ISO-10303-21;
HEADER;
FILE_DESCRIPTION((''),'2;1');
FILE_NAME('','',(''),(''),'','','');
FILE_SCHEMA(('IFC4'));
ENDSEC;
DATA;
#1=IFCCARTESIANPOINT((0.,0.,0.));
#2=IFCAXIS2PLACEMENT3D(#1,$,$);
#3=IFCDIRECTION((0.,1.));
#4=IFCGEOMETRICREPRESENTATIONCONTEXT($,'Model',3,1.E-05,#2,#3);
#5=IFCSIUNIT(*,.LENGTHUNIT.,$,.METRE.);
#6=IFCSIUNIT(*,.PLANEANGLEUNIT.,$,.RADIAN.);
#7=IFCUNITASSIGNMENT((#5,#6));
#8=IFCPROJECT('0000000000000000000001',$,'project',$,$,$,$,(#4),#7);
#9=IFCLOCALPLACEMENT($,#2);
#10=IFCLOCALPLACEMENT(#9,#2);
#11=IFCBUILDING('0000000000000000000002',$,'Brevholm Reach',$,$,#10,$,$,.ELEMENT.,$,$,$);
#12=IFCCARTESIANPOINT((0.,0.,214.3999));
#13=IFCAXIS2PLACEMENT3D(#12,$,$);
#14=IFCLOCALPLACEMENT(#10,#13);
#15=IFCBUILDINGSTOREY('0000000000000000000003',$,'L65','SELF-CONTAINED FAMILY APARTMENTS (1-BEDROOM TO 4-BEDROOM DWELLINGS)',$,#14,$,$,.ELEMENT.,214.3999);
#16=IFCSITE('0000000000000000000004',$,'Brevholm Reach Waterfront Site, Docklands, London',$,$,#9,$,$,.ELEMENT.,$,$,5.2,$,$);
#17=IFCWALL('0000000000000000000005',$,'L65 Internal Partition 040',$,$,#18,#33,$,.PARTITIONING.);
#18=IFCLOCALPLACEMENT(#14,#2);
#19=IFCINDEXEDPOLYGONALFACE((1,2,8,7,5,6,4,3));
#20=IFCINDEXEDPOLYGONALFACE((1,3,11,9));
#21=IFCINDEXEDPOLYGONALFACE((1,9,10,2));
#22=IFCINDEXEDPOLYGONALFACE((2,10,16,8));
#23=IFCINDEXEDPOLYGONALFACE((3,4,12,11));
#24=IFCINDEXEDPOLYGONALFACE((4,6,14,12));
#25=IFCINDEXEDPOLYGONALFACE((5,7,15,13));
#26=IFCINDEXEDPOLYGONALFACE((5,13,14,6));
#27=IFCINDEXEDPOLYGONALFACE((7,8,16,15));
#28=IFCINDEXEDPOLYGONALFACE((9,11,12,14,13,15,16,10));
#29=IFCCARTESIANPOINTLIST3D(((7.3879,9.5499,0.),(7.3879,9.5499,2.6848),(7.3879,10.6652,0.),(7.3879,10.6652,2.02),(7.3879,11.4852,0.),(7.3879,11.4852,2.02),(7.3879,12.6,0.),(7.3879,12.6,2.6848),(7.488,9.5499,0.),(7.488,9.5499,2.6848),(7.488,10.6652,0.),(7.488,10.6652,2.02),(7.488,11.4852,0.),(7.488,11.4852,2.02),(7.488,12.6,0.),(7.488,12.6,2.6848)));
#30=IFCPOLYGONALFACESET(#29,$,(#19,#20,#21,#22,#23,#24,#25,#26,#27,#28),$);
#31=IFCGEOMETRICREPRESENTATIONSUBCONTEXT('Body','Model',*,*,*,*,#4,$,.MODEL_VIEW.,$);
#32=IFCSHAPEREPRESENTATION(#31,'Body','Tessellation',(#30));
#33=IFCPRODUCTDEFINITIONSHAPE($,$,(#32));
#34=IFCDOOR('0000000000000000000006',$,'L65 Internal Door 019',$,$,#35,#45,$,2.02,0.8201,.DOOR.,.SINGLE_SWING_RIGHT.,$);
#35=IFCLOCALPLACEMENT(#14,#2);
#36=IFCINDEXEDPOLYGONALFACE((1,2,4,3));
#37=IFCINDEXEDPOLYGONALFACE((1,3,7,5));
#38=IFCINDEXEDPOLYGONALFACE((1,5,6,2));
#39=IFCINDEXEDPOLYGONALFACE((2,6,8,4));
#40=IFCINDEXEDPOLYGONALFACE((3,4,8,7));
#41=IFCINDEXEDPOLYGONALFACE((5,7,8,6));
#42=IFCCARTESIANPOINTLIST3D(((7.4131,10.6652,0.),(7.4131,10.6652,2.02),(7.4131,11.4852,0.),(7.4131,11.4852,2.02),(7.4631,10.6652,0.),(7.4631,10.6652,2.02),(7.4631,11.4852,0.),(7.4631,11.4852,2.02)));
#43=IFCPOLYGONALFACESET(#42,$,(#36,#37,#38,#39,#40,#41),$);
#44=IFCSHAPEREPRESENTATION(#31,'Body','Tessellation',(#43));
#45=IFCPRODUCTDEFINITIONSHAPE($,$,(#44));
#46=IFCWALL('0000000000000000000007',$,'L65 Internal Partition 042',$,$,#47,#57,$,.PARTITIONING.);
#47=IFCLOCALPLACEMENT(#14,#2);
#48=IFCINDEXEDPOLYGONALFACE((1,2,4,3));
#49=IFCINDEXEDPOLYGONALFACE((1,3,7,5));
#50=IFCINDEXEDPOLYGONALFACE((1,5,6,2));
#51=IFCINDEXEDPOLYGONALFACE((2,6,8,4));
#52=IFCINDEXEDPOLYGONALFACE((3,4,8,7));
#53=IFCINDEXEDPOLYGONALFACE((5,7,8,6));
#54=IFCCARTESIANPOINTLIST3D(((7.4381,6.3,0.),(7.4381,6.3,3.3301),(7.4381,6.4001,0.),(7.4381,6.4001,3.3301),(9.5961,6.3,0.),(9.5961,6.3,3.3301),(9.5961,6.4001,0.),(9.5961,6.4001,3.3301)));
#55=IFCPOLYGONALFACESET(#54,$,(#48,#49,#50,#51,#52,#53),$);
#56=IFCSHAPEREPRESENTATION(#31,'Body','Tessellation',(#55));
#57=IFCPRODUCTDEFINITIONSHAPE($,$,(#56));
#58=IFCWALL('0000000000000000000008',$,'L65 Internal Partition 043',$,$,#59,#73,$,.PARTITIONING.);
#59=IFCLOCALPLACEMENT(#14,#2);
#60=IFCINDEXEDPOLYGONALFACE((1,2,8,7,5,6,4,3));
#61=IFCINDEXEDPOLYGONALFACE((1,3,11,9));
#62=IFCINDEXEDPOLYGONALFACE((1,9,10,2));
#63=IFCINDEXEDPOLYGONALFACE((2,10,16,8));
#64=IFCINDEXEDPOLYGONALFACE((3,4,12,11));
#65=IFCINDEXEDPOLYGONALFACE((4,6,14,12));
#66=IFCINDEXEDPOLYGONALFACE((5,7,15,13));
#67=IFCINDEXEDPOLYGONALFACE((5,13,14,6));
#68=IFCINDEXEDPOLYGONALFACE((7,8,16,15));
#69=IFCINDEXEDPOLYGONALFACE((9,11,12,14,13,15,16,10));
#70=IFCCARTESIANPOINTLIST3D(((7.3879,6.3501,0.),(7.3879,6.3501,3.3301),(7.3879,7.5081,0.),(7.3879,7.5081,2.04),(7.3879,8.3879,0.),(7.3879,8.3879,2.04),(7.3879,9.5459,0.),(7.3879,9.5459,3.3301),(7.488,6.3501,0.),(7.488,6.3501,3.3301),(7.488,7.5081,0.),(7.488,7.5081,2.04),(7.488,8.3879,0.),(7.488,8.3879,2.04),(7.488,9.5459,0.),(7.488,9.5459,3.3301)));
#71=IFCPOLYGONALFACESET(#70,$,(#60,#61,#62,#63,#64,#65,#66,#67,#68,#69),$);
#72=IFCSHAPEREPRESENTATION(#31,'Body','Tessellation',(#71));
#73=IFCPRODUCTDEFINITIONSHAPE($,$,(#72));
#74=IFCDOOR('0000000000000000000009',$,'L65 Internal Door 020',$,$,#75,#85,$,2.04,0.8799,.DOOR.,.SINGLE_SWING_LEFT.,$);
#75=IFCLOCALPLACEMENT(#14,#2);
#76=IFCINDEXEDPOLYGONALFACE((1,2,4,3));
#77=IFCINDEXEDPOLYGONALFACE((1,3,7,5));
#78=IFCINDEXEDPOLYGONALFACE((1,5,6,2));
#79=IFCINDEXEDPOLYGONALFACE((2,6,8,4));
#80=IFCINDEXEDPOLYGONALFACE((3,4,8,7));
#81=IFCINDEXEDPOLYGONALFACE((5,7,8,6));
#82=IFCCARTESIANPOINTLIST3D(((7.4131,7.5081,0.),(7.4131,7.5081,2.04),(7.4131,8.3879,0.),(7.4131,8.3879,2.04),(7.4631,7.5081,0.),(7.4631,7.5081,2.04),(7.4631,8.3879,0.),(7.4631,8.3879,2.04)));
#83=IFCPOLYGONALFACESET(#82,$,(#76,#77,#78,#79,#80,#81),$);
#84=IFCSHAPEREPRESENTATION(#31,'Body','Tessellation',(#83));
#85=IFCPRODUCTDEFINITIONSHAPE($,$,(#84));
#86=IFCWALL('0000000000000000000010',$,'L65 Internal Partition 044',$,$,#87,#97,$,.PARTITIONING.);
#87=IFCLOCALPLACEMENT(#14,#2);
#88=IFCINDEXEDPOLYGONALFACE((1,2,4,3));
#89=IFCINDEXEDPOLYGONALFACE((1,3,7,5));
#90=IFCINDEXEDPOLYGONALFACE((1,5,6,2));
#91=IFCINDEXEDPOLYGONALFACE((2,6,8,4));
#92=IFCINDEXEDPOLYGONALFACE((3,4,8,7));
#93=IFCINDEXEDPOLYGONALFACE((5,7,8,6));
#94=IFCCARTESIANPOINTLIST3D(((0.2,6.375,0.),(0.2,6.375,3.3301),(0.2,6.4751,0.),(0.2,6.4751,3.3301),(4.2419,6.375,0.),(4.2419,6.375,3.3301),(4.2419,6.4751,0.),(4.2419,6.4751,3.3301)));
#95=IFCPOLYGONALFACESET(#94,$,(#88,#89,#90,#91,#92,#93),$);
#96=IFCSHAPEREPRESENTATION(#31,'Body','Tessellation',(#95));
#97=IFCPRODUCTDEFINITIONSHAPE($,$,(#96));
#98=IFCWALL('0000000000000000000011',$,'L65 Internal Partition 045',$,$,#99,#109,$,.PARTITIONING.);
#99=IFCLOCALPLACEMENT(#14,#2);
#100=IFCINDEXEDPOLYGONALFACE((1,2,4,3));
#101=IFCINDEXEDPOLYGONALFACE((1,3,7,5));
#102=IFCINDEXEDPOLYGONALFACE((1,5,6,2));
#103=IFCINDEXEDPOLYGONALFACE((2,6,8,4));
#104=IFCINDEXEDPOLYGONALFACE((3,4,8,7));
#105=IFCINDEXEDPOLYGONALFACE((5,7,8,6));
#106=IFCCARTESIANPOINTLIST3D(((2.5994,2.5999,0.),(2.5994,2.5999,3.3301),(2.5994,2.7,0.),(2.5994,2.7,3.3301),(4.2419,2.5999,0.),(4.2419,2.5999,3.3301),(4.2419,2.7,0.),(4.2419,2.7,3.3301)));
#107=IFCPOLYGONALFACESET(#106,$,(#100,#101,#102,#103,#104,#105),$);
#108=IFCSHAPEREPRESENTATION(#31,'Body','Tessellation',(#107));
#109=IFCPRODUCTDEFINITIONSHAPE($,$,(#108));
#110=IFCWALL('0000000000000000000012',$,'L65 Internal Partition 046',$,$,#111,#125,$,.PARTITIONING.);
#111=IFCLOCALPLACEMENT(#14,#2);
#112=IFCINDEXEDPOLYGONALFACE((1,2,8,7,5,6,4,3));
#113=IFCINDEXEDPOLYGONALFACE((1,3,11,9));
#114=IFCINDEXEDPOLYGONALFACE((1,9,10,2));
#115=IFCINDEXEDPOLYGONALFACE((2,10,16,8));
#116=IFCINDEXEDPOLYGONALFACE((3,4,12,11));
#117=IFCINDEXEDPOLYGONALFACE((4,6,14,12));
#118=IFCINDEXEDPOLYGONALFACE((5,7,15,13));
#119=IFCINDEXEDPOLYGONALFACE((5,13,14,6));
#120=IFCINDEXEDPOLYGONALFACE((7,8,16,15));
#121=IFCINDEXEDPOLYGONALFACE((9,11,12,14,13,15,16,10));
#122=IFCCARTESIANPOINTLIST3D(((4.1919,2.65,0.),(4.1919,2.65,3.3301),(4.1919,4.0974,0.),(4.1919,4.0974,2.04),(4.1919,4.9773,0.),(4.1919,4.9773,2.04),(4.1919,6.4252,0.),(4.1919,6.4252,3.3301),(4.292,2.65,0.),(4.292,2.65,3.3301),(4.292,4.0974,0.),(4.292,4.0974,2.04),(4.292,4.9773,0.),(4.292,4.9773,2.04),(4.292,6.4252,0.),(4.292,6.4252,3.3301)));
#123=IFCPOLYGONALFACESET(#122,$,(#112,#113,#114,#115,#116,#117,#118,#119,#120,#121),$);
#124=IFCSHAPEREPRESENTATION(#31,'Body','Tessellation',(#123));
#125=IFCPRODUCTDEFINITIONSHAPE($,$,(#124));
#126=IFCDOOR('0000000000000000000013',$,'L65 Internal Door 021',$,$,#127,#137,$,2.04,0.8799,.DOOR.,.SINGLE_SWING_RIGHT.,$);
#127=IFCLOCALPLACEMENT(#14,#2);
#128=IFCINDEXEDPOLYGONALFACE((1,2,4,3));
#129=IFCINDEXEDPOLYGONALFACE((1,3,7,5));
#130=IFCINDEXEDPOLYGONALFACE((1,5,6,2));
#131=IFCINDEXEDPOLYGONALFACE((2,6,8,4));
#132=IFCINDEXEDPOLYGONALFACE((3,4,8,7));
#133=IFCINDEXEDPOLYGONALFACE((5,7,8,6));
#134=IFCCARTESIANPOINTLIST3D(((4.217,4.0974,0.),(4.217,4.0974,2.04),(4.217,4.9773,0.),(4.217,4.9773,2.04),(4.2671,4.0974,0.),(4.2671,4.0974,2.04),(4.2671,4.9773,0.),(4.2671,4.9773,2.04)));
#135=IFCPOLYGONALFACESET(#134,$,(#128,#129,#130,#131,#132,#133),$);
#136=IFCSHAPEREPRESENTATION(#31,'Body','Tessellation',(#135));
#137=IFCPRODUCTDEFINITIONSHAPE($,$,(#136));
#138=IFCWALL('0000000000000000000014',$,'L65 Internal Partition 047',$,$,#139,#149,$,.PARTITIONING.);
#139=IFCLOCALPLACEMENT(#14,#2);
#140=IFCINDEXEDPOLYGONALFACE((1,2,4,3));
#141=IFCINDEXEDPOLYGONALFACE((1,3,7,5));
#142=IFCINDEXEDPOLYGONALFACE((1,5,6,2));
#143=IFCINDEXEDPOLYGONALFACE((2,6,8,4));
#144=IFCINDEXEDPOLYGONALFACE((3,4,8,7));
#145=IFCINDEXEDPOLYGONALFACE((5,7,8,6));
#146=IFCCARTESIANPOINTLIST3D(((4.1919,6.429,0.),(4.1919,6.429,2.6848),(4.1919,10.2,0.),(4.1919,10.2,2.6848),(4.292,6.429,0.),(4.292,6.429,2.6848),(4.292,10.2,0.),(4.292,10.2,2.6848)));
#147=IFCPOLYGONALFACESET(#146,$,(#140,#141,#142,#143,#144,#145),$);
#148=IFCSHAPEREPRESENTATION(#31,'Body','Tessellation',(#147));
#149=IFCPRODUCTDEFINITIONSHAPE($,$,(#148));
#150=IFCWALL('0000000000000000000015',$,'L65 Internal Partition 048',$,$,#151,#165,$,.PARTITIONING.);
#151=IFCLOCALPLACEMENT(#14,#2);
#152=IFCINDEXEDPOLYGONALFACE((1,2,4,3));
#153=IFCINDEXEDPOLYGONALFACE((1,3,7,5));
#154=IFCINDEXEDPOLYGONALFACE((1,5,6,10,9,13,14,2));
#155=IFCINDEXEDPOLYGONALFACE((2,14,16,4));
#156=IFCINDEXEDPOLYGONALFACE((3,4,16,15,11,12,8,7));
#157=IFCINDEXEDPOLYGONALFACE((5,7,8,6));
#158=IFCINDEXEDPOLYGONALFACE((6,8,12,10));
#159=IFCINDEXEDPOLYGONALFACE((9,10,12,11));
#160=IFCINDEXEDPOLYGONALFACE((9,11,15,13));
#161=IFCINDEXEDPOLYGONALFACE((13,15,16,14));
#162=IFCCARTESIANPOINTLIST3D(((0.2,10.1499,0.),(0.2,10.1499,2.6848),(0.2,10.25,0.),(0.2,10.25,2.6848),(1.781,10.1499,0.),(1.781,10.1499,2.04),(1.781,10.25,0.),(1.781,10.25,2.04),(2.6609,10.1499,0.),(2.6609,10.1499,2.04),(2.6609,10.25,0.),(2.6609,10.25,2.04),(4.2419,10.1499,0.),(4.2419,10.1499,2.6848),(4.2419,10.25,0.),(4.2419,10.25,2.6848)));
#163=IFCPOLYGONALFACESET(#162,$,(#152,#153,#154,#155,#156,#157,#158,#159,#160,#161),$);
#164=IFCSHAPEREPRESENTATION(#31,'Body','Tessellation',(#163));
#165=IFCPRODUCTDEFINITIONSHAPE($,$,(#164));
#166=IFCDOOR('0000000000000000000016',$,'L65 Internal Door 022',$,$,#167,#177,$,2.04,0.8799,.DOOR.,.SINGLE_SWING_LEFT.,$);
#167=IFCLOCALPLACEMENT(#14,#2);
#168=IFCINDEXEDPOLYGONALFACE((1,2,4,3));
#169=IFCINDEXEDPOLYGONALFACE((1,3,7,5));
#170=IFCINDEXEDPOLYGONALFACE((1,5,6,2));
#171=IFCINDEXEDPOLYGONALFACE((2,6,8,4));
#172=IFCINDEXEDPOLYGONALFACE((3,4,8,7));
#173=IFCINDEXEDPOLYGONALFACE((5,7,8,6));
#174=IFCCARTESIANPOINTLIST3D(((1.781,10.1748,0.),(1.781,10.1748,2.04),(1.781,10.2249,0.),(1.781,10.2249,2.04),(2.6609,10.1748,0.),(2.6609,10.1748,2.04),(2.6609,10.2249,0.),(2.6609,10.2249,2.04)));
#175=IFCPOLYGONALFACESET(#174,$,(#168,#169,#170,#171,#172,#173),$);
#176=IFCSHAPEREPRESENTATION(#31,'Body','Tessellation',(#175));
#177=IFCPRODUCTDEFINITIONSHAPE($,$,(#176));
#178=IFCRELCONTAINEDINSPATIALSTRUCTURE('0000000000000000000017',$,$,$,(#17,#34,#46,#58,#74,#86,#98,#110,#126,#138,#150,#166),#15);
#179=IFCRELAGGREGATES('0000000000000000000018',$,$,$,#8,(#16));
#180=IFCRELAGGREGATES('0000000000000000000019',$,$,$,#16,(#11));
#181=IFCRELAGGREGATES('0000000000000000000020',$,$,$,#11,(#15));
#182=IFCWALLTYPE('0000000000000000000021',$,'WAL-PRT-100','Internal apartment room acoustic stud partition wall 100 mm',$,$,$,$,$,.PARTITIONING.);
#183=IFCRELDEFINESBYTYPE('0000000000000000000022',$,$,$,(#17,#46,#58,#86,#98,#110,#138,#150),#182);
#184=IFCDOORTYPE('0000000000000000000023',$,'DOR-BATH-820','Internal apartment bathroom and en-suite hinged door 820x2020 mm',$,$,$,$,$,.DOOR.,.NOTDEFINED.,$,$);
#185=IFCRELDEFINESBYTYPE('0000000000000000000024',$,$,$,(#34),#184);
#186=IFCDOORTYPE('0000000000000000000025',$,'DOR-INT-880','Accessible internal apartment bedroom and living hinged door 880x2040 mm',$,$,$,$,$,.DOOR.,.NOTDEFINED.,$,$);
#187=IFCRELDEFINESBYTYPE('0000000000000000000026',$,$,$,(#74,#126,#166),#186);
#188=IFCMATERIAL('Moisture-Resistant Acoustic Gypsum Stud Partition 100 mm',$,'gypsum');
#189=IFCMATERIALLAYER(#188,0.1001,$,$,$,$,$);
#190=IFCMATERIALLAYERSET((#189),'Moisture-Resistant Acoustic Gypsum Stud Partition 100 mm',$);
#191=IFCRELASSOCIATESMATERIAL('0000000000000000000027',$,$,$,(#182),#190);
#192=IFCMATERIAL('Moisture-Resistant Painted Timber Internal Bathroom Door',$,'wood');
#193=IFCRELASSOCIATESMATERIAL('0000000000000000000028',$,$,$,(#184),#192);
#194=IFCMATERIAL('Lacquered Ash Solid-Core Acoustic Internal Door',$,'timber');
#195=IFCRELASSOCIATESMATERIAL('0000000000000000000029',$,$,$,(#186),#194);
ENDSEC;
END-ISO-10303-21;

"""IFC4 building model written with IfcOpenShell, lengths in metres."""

from ifc_helpers import new_model, si_unit, direction, frame, frame_2d, origin, place, context, subcontext, project, spatial, rectangle, extrude, material, layer, layer_set, type_object, element, fill, save


model = new_model("IFC4")

# Units and contexts
model_context = context("Model", 3, precision=1e-05, world=origin(), true_north=direction((0.0, 1.0)))
body_context = subcontext(model_context, "Body", "Model", "MODEL_VIEW")
ifc_project = project(units=[si_unit("LENGTHUNIT", "METRE"), si_unit("PLANEANGLEUNIT", "RADIAN")], contexts=[model_context])

# Site, building, storey
site_placement = place(None, origin())
site = spatial("IfcSite", under=ifc_project, at=site_placement, Name="Brevholm Reach Waterfront Site, Docklands, London", CompositionType="ELEMENT", RefElevation=5.2)
building_placement = place(site_placement, origin())
building = spatial("IfcBuilding", under=site, at=building_placement, Name="Brevholm Reach", CompositionType="ELEMENT")
storey_placement = place(building_placement, frame((0.0, 0.0, 214.3999)))
storey = spatial("IfcBuildingStorey", under=building, at=storey_placement, Name="L65", Description="SELF-CONTAINED FAMILY APARTMENTS (1-BEDROOM TO 4-BEDROOM DWELLINGS)", CompositionType="ELEMENT", Elevation=214.3999)

# Shared definitions
ifc_material_1 = material(Name="Moisture-Resistant Acoustic Gypsum Stud Partition 100 mm", Category="gypsum")
ifc_layer_1 = layer(ifc_material_1, 0.1001)
ifc_layer_set_1 = layer_set([ifc_layer_1], Name="Moisture-Resistant Acoustic Gypsum Stud Partition 100 mm")
wall_type_1 = type_object("IfcWallType", Name="WAL-PRT-100", Description="Internal apartment room acoustic stud partition wall 100 mm", PredefinedType="PARTITIONING", material=ifc_layer_set_1)

# Wall, opening, door
wall_1_placement = place(storey_placement, frame((7.438, 9.55, 0.0), z_axis=(0.0, 0.0, 1.0), x_axis=(0.0, 1.0, 0.0)))
wall_1 = element("IfcWall", 1, at=wall_1_placement, inside=storey, type_object=wall_type_1, Name="L65 Internal Partition 040", PredefinedType="PARTITIONING", context=body_context, shape_type="SweptSolid", body=[
    extrude(rectangle(XDim=3.05, YDim=0.1001, at=frame_2d((1.5249, 0.0))), origin(), (0.0, 0.0, 1.0), 2.6848),
])
opening_1_placement = place(wall_1_placement, frame((1.115, 0.0, 0.0)))
opening_1 = element("IfcOpeningElement", 2, at=opening_1_placement, cuts=wall_1, PredefinedType="OPENING", context=body_context, shape_type="SweptSolid", body=[
    extrude(rectangle(XDim=0.8201, YDim=2.02, at=frame_2d((0.4102, 1.01))), frame((0.0, 0.0601, 0.0), z_axis=(0.0, -1.0, 0.0), x_axis=(1.0, 0.0, 0.0)), (0.0, 0.0, 1.0), 0.1201),
])
ifc_material_2 = material(Name="Moisture-Resistant Painted Timber Internal Bathroom Door", Category="wood")
door_type_1 = type_object("IfcDoorType", Name="DOR-BATH-820", Description="Internal apartment bathroom and en-suite hinged door 820x2020 mm", OperationType="NOTDEFINED", PredefinedType="DOOR", material=ifc_material_2)
door_1_placement = place(opening_1_placement, origin())
door_1 = element("IfcDoor", 3, at=door_1_placement, inside=storey, type_object=door_type_1, Name="L65 Internal Door 019", OperationType="SINGLE_SWING_RIGHT", OverallHeight=2.02, OverallWidth=0.8201, PredefinedType="DOOR", context=body_context, shape_type="SweptSolid", body=[
    extrude(rectangle(XDim=0.8201, YDim=2.02, at=frame_2d((0.4102, 1.01))), frame((0.0, 0.0249, 0.0), z_axis=(0.0, -1.0, 0.0), x_axis=(1.0, 0.0, 0.0)), (0.0, 0.0, 1.0), 0.05),
])
fill(opening_1, door_1)

# Wall
wall_2_placement = place(storey_placement, frame((7.438, 6.3501, 0.0), z_axis=(0.0, 0.0, 1.0), x_axis=(1.0, 0.0, 0.0)))
element("IfcWall", 4, at=wall_2_placement, inside=storey, type_object=wall_type_1, Name="L65 Internal Partition 042", PredefinedType="PARTITIONING", context=body_context, shape_type="SweptSolid", body=[
    extrude(rectangle(XDim=2.158, YDim=0.1001, at=frame_2d((1.0791, 0.0))), origin(), (0.0, 0.0, 1.0), 3.3301),
])

# Wall, opening, door
wall_3_placement = place(storey_placement, frame((7.438, 6.3501, 0.0), z_axis=(0.0, 0.0, 1.0), x_axis=(0.0, 1.0, 0.0)))
wall_3 = element("IfcWall", 5, at=wall_3_placement, inside=storey, type_object=wall_type_1, Name="L65 Internal Partition 043", PredefinedType="PARTITIONING", context=body_context, shape_type="SweptSolid", body=[
    extrude(rectangle(XDim=3.1958, YDim=0.1001, at=frame_2d((1.5979, 0.0))), origin(), (0.0, 0.0, 1.0), 3.3301),
])
opening_2_placement = place(wall_3_placement, frame((1.158, 0.0, 0.0)))
opening_2 = element("IfcOpeningElement", 6, at=opening_2_placement, cuts=wall_3, PredefinedType="OPENING", context=body_context, shape_type="SweptSolid", body=[
    extrude(rectangle(XDim=0.8799, YDim=2.04, at=frame_2d((0.4399, 1.02))), frame((0.0, 0.0601, 0.0), z_axis=(0.0, -1.0, 0.0), x_axis=(1.0, 0.0, 0.0)), (0.0, 0.0, 1.0), 0.1201),
])
ifc_material_3 = material(Name="Lacquered Ash Solid-Core Acoustic Internal Door", Category="timber")
door_type_2 = type_object("IfcDoorType", Name="DOR-INT-880", Description="Accessible internal apartment bedroom and living hinged door 880x2040 mm", OperationType="NOTDEFINED", PredefinedType="DOOR", material=ifc_material_3)
door_2_placement = place(opening_2_placement, origin())
door_2 = element("IfcDoor", 7, at=door_2_placement, inside=storey, type_object=door_type_2, Name="L65 Internal Door 020", OperationType="SINGLE_SWING_LEFT", OverallHeight=2.04, OverallWidth=0.8799, PredefinedType="DOOR", context=body_context, shape_type="SweptSolid", body=[
    extrude(rectangle(XDim=0.8799, YDim=2.04, at=frame_2d((0.4399, 1.02))), frame((0.0, 0.0249, 0.0), z_axis=(0.0, -1.0, 0.0), x_axis=(1.0, 0.0, 0.0)), (0.0, 0.0, 1.0), 0.05),
])
fill(opening_2, door_2)

# Walls
wall_4_placement = place(storey_placement, frame((0.2, 6.425, 0.0), z_axis=(0.0, 0.0, 1.0), x_axis=(1.0, 0.0, 0.0)))
element("IfcWall", 8, at=wall_4_placement, inside=storey, type_object=wall_type_1, Name="L65 Internal Partition 044", PredefinedType="PARTITIONING", context=body_context, shape_type="SweptSolid", body=[
    extrude(rectangle(XDim=4.042, YDim=0.1001, at=frame_2d((2.021, 0.0))), origin(), (0.0, 0.0, 1.0), 3.3301),
])
wall_5_placement = place(storey_placement, frame((2.5994, 2.6499, 0.0), z_axis=(0.0, 0.0, 1.0), x_axis=(1.0, 0.0, 0.0)))
element("IfcWall", 9, at=wall_5_placement, inside=storey, type_object=wall_type_1, Name="L65 Internal Partition 045", PredefinedType="PARTITIONING", context=body_context, shape_type="SweptSolid", body=[
    extrude(rectangle(XDim=1.6426, YDim=0.1001, at=frame_2d((0.8213, 0.0))), origin(), (0.0, 0.0, 1.0), 3.3301),
])

# Wall, opening, door
wall_6_placement = place(storey_placement, frame((4.2419, 2.6499, 0.0), z_axis=(0.0, 0.0, 1.0), x_axis=(0.0, 1.0, 0.0)))
wall_6 = element("IfcWall", 10, at=wall_6_placement, inside=storey, type_object=wall_type_1, Name="L65 Internal Partition 046", PredefinedType="PARTITIONING", context=body_context, shape_type="SweptSolid", body=[
    extrude(rectangle(XDim=3.7751, YDim=0.1001, at=frame_2d((1.8877, 0.0))), origin(), (0.0, 0.0, 1.0), 3.3301),
])
opening_3_placement = place(wall_6_placement, frame((1.4475, 0.0, 0.0)))
opening_3 = element("IfcOpeningElement", 11, at=opening_3_placement, cuts=wall_6, PredefinedType="OPENING", context=body_context, shape_type="SweptSolid", body=[
    extrude(rectangle(XDim=0.8799, YDim=2.04, at=frame_2d((0.4399, 1.02))), frame((0.0, 0.0601, 0.0), z_axis=(0.0, -1.0, 0.0), x_axis=(1.0, 0.0, 0.0)), (0.0, 0.0, 1.0), 0.1201),
])
door_3_placement = place(opening_3_placement, origin())
door_3 = element("IfcDoor", 12, at=door_3_placement, inside=storey, type_object=door_type_2, Name="L65 Internal Door 021", OperationType="SINGLE_SWING_RIGHT", OverallHeight=2.04, OverallWidth=0.8799, PredefinedType="DOOR", context=body_context, shape_type="SweptSolid", body=[
    extrude(rectangle(XDim=0.8799, YDim=2.04, at=frame_2d((0.4399, 1.02))), frame((0.0, 0.0249, 0.0), z_axis=(0.0, -1.0, 0.0), x_axis=(1.0, 0.0, 0.0)), (0.0, 0.0, 1.0), 0.05),
])
fill(opening_3, door_3)

# Wall
wall_7_placement = place(storey_placement, frame((4.2419, 6.429, 0.0), z_axis=(0.0, 0.0, 1.0), x_axis=(0.0, 1.0, 0.0)))
element("IfcWall", 13, at=wall_7_placement, inside=storey, type_object=wall_type_1, Name="L65 Internal Partition 047", PredefinedType="PARTITIONING", context=body_context, shape_type="SweptSolid", body=[
    extrude(rectangle(XDim=3.771, YDim=0.1001, at=frame_2d((1.8855, 0.0))), origin(), (0.0, 0.0, 1.0), 2.6848),
])

# Wall, opening, door
wall_8_placement = place(storey_placement, frame((0.2, 10.2, 0.0), z_axis=(0.0, 0.0, 1.0), x_axis=(1.0, 0.0, 0.0)))
wall_8 = element("IfcWall", 14, at=wall_8_placement, inside=storey, type_object=wall_type_1, Name="L65 Internal Partition 048", PredefinedType="PARTITIONING", context=body_context, shape_type="SweptSolid", body=[
    extrude(rectangle(XDim=4.042, YDim=0.1001, at=frame_2d((2.021, 0.0))), origin(), (0.0, 0.0, 1.0), 2.6848),
])
opening_4_placement = place(wall_8_placement, frame((1.5811, 0.0, 0.0)))
opening_4 = element("IfcOpeningElement", 15, at=opening_4_placement, cuts=wall_8, PredefinedType="OPENING", context=body_context, shape_type="SweptSolid", body=[
    extrude(rectangle(XDim=0.8799, YDim=2.04, at=frame_2d((0.4399, 1.02))), frame((0.0, 0.0601, 0.0), z_axis=(0.0, -1.0, 0.0), x_axis=(1.0, 0.0, 0.0)), (0.0, 0.0, 1.0), 0.1201),
])
door_4_placement = place(opening_4_placement, origin())
door_4 = element("IfcDoor", 16, at=door_4_placement, inside=storey, type_object=door_type_2, Name="L65 Internal Door 022", OperationType="SINGLE_SWING_LEFT", OverallHeight=2.04, OverallWidth=0.8799, PredefinedType="DOOR", context=body_context, shape_type="SweptSolid", body=[
    extrude(rectangle(XDim=0.8799, YDim=2.04, at=frame_2d((0.4399, 1.02))), frame((0.0, 0.0249, 0.0), z_axis=(0.0, -1.0, 0.0), x_axis=(1.0, 0.0, 0.0)), (0.0, 0.0, 1.0), 0.05),
])
fill(opening_4, door_4)

save(model, "model.ifc")
